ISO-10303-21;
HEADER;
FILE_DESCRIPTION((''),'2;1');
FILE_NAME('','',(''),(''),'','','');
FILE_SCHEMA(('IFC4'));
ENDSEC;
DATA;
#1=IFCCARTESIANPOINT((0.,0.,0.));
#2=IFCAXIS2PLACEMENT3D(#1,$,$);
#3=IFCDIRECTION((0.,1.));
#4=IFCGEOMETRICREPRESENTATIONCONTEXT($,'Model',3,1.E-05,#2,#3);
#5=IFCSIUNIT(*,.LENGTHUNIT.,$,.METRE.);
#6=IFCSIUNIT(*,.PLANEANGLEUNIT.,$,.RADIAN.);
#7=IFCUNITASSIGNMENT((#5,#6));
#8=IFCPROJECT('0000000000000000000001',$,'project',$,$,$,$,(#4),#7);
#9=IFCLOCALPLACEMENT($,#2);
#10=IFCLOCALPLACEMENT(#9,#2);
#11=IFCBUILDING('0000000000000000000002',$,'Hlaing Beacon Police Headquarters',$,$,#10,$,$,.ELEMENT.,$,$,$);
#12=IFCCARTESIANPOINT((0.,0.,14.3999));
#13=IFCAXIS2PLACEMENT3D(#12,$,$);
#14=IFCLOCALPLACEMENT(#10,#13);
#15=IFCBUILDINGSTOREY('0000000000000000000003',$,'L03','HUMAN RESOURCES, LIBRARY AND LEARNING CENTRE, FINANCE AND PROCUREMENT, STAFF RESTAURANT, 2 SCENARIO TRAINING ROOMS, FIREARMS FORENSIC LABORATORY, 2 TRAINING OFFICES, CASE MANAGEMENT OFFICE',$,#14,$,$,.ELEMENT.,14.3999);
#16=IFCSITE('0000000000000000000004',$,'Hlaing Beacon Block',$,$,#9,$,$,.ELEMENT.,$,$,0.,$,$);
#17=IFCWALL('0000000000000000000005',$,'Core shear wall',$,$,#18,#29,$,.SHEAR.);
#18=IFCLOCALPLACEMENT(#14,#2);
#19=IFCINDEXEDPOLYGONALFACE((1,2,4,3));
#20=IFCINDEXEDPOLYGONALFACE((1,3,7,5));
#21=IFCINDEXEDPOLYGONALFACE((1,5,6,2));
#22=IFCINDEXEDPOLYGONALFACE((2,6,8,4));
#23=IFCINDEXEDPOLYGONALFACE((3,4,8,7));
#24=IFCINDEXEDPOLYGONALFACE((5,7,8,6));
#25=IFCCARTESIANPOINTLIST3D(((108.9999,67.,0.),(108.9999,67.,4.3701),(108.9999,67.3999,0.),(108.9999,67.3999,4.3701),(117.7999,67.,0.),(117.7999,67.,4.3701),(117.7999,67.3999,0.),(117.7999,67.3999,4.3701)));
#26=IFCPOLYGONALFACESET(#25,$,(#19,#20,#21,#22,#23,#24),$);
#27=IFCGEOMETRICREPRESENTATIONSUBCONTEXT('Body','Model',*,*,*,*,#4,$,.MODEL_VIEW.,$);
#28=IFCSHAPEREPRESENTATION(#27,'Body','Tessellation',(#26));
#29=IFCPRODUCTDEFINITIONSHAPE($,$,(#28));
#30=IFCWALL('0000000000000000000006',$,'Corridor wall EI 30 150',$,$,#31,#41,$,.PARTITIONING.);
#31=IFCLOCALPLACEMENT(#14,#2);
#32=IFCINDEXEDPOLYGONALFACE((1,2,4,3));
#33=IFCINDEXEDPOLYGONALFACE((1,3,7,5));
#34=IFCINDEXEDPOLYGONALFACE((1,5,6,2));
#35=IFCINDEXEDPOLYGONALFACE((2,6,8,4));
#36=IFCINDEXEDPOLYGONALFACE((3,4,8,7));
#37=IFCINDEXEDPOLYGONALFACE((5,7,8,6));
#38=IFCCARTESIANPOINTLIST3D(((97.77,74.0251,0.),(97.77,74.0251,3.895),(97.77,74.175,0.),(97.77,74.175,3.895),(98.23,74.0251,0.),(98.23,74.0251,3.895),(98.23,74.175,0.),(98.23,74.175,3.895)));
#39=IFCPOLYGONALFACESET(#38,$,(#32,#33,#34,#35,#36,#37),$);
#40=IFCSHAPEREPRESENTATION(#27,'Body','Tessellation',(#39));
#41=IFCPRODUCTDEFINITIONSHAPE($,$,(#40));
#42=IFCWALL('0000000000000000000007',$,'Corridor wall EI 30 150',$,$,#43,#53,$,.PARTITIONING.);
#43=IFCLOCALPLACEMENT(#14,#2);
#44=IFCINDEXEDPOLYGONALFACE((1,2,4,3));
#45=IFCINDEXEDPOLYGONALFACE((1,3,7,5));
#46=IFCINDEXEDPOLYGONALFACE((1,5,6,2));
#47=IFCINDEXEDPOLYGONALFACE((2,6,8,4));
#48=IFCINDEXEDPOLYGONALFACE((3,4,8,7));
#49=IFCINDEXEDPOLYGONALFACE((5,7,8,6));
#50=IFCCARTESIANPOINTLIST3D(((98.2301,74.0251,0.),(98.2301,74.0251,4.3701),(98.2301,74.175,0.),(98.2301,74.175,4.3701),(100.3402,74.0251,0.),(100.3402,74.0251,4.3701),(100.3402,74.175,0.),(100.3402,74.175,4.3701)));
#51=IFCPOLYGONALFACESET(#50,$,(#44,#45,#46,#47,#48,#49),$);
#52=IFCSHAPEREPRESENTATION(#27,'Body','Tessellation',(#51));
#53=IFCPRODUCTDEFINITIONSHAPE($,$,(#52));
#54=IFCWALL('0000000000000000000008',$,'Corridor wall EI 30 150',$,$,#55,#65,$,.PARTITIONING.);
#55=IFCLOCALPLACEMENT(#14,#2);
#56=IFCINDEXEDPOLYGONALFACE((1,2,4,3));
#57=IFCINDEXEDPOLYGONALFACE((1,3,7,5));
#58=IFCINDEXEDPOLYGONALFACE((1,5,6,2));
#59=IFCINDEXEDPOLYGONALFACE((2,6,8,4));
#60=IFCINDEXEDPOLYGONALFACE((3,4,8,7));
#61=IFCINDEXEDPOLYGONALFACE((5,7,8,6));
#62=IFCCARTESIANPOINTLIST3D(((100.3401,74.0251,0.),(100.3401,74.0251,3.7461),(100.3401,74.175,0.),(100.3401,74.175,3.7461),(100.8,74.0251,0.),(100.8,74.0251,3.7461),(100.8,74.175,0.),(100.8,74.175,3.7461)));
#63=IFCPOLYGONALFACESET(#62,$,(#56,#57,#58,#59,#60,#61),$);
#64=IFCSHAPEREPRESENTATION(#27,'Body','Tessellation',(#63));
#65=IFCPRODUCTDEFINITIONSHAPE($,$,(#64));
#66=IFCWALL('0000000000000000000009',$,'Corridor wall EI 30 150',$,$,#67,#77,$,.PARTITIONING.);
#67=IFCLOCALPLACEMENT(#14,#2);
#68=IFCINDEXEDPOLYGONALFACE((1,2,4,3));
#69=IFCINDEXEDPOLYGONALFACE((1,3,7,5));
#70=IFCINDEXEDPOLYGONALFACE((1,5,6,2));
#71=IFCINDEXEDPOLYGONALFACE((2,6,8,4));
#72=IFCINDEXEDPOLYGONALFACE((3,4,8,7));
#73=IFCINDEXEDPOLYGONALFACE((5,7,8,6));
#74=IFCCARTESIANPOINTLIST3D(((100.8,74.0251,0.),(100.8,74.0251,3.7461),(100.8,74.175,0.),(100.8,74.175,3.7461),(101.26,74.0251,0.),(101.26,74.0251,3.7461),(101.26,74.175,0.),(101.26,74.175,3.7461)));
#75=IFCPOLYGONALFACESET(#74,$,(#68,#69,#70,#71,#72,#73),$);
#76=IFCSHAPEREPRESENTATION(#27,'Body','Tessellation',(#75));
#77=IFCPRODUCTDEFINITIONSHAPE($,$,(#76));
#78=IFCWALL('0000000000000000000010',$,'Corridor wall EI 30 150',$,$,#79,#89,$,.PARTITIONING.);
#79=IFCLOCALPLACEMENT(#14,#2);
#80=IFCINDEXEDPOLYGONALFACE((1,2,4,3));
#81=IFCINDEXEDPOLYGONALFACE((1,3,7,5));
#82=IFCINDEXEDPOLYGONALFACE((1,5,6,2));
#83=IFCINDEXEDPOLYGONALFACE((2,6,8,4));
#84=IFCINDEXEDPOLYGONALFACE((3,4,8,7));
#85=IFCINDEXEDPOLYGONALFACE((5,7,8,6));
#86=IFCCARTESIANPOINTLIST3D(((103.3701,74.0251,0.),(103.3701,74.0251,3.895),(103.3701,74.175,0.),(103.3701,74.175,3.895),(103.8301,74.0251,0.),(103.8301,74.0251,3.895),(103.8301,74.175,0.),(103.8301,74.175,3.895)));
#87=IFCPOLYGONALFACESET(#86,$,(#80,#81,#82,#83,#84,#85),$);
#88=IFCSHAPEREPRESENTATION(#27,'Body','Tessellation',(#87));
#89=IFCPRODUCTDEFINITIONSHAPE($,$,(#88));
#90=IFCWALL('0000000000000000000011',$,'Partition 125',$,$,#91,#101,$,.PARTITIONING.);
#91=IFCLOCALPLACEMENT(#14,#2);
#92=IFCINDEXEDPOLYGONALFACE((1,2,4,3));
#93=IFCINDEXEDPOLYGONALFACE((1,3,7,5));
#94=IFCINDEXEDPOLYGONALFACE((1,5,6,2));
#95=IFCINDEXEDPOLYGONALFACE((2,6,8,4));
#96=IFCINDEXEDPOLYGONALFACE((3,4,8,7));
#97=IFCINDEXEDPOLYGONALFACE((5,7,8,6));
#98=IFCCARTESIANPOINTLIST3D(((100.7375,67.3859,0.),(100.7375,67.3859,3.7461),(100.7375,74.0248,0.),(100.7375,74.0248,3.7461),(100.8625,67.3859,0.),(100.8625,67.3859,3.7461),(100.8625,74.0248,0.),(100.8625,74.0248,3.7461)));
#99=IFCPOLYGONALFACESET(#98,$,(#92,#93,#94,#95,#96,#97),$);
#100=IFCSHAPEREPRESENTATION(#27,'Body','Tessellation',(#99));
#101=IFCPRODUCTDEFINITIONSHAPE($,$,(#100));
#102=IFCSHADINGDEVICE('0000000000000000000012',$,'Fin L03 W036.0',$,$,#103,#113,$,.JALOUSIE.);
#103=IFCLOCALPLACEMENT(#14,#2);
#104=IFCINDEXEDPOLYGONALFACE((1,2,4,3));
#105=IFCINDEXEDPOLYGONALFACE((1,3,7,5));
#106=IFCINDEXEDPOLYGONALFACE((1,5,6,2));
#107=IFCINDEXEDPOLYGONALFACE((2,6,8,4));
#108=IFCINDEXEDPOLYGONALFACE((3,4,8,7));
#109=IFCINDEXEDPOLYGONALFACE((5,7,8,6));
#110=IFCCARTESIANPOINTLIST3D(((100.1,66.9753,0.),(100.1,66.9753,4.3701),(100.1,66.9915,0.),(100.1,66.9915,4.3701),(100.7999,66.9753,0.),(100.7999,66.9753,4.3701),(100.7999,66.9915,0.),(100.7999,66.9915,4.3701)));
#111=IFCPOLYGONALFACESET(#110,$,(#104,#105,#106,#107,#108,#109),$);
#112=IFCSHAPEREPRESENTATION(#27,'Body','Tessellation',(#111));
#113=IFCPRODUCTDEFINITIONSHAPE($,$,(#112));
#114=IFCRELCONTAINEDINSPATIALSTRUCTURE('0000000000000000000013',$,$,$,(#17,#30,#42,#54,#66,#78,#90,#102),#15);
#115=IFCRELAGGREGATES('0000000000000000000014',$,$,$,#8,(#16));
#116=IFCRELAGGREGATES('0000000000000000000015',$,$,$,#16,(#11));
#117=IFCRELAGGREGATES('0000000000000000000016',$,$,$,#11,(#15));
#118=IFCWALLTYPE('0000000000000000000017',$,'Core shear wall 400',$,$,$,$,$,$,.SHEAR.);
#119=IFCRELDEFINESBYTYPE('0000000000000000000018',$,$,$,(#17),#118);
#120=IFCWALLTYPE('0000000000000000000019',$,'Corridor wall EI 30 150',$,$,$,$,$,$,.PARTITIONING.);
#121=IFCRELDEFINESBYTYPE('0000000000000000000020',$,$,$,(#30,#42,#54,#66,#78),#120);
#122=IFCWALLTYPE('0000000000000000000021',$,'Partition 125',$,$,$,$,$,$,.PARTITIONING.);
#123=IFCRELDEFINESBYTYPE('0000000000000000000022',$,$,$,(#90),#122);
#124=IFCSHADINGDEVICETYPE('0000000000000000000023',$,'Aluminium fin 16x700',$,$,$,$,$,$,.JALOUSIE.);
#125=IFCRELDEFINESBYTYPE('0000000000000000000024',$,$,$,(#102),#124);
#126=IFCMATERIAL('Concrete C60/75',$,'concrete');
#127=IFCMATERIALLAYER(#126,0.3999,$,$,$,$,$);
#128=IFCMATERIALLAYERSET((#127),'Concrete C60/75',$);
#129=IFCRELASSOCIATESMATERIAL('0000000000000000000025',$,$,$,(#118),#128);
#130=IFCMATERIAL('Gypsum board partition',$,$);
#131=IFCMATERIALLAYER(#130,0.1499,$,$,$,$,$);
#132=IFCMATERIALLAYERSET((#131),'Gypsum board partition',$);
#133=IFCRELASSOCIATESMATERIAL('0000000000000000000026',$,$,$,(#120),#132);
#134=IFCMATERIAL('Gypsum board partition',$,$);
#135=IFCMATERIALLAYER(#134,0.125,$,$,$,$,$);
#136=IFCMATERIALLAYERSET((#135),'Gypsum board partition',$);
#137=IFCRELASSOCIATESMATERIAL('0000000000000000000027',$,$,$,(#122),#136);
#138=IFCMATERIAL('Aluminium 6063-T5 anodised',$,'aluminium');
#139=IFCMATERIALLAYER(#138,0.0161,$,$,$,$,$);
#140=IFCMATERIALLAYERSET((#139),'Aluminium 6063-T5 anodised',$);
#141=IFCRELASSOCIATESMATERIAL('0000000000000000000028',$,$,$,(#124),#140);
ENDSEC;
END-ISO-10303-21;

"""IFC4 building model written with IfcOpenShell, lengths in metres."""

from ifc_helpers import new_model, si_unit, direction, frame, frame_2d, origin, origin_2d, place, context, subcontext, project, spatial, rectangle, extrude, material, layer, layer_set, type_object, element, save


model = new_model("IFC4")

# Units and contexts
model_context = context("Model", 3, precision=1e-05, world=origin(), true_north=direction((0.0, 1.0)))
body_context = subcontext(model_context, "Body", "Model", "MODEL_VIEW")
ifc_project = project(units=[si_unit("LENGTHUNIT", "METRE"), si_unit("PLANEANGLEUNIT", "RADIAN")], contexts=[model_context])

# Site, building, storey
site_placement = place(None, origin())
site = spatial("IfcSite", under=ifc_project, at=site_placement, Name="Hlaing Beacon Block", CompositionType="ELEMENT", RefElevation=0.0)
building_placement = place(site_placement, origin())
building = spatial("IfcBuilding", under=site, at=building_placement, Name="Hlaing Beacon Police Headquarters", CompositionType="ELEMENT")
storey_placement = place(building_placement, frame((0.0, 0.0, 14.3999)))
storey = spatial("IfcBuildingStorey", under=building, at=storey_placement, Name="L03", Description="HUMAN RESOURCES, LIBRARY AND LEARNING CENTRE, FINANCE AND PROCUREMENT, STAFF RESTAURANT, 2 SCENARIO TRAINING ROOMS, FIREARMS FORENSIC LABORATORY, 2 TRAINING OFFICES, CASE MANAGEMENT OFFICE", CompositionType="ELEMENT", Elevation=14.3999)

# Walls
ifc_material_1 = material(Name="Concrete C60/75", Category="concrete")
ifc_layer_1 = layer(ifc_material_1, 0.3999)
ifc_layer_set_1 = layer_set([ifc_layer_1], Name="Concrete C60/75")
wall_type_1 = type_object("IfcWallType", Name="Core shear wall 400", PredefinedType="SHEAR", material=ifc_layer_set_1)
wall_1_placement = place(storey_placement, frame((109.0, 67.2, 0.0), z_axis=(0.0, 0.0, 1.0), x_axis=(1.0, 0.0, 0.0)))
element("IfcWall", 1, at=wall_1_placement, inside=storey, type_object=wall_type_1, Name="Core shear wall", PredefinedType="SHEAR", context=body_context, shape_type="SweptSolid", body=[
    extrude(rectangle(XDim=8.8, YDim=0.3999, at=frame_2d((4.3999, 0.0))), origin(), (0.0, 0.0, 1.0), 4.3701),
])
ifc_material_2 = material(Name="Gypsum board partition")
ifc_layer_2 = layer(ifc_material_2, 0.1499)
ifc_layer_set_2 = layer_set([ifc_layer_2], Name="Gypsum board partition")
wall_type_2 = type_object("IfcWallType", Name="Corridor wall EI 30 150", PredefinedType="PARTITIONING", material=ifc_layer_set_2)
wall_2_placement = place(storey_placement, frame((97.77, 74.1001, 0.0), z_axis=(0.0, 0.0, 1.0), x_axis=(1.0, 0.0, 0.0)))
element("IfcWall", 2, at=wall_2_placement, inside=storey, type_object=wall_type_2, Name="Corridor wall EI 30 150", PredefinedType="PARTITIONING", context=body_context, shape_type="SweptSolid", body=[
    extrude(rectangle(XDim=0.46, YDim=0.1499, at=frame_2d((0.23, 0.0))), origin(), (0.0, 0.0, 1.0), 3.895),
])
wall_3_placement = place(storey_placement, frame((98.23, 74.1001, 0.0), z_axis=(0.0, 0.0, 1.0), x_axis=(1.0, 0.0, 0.0)))
element("IfcWall", 3, at=wall_3_placement, inside=storey, type_object=wall_type_2, Name="Corridor wall EI 30 150", PredefinedType="PARTITIONING", context=body_context, shape_type="SweptSolid", body=[
    extrude(rectangle(XDim=2.1101, YDim=0.1499, at=frame_2d((1.0552, 0.0))), origin(), (0.0, 0.0, 1.0), 4.3701),
])
for number, where, z_axis, x_axis, name in (
    (4, (100.3401, 74.1001, 0.0), (0.0, 0.0, 1.0), (1.0, 0.0, 0.0), "Corridor wall EI 30 150"),
    (5, (100.8, 74.1001, 0.0), (0.0, 0.0, 1.0), (1.0, 0.0, 0.0), "Corridor wall EI 30 150"),
):
    element("IfcWall", number, at=place(storey_placement, frame(where, z_axis=z_axis, x_axis=x_axis)), inside=storey, type_object=wall_type_2, Name=name, PredefinedType="PARTITIONING", context=body_context, shape_type="SweptSolid", body=[
        extrude(rectangle(XDim=0.46, YDim=0.1499, at=frame_2d((0.23, 0.0))), origin(), (0.0, 0.0, 1.0), 3.7461),
    ])

# Walls
wall_4_placement = place(storey_placement, frame((103.3701, 74.1001, 0.0), z_axis=(0.0, 0.0, 1.0), x_axis=(1.0, 0.0, 0.0)))
element("IfcWall", 6, at=wall_4_placement, inside=storey, type_object=wall_type_2, Name="Corridor wall EI 30 150", PredefinedType="PARTITIONING", context=body_context, shape_type="SweptSolid", body=[
    extrude(rectangle(XDim=0.46, YDim=0.1499, at=frame_2d((0.23, 0.0))), origin(), (0.0, 0.0, 1.0), 3.895),
])
ifc_material_3 = material(Name="Gypsum board partition")
ifc_layer_3 = layer(ifc_material_3, 0.125)
ifc_layer_set_3 = layer_set([ifc_layer_3], Name="Gypsum board partition")
wall_type_3 = type_object("IfcWallType", Name="Partition 125", PredefinedType="PARTITIONING", material=ifc_layer_set_3)
wall_5_placement = place(storey_placement, frame((100.8, 67.386, 0.0), z_axis=(0.0, 0.0, 1.0), x_axis=(0.0, 1.0, 0.0)))
element("IfcWall", 7, at=wall_5_placement, inside=storey, type_object=wall_type_3, Name="Partition 125", PredefinedType="PARTITIONING", context=body_context, shape_type="SweptSolid", body=[
    extrude(rectangle(XDim=6.6389, YDim=0.125, at=frame_2d((3.3193, 0.0))), origin(), (0.0, 0.0, 1.0), 3.7461),
])

# Shading device
ifc_material_4 = material(Name="Aluminium 6063-T5 anodised", Category="aluminium")
ifc_layer_4 = layer(ifc_material_4, 0.0161)
ifc_layer_set_4 = layer_set([ifc_layer_4], Name="Aluminium 6063-T5 anodised")
shading_device_type = type_object("IfcShadingDeviceType", Name="Aluminium fin 16x700", PredefinedType="JALOUSIE", material=ifc_layer_set_4)
shading_device_placement = place(storey_placement, frame((100.45, 66.9834, 0.0), z_axis=(0.0, 0.0, 1.0), x_axis=(0.0, -1.0, 0.0)))
element("IfcShadingDevice", 8, at=shading_device_placement, inside=storey, type_object=shading_device_type, Name="Fin L03 W036.0", PredefinedType="JALOUSIE", context=body_context, shape_type="SweptSolid", body=[
    extrude(rectangle(XDim=0.0161, YDim=0.7, at=origin_2d()), origin(), (0.0, 0.0, 1.0), 4.3701),
])

save(model, "model.ifc")
